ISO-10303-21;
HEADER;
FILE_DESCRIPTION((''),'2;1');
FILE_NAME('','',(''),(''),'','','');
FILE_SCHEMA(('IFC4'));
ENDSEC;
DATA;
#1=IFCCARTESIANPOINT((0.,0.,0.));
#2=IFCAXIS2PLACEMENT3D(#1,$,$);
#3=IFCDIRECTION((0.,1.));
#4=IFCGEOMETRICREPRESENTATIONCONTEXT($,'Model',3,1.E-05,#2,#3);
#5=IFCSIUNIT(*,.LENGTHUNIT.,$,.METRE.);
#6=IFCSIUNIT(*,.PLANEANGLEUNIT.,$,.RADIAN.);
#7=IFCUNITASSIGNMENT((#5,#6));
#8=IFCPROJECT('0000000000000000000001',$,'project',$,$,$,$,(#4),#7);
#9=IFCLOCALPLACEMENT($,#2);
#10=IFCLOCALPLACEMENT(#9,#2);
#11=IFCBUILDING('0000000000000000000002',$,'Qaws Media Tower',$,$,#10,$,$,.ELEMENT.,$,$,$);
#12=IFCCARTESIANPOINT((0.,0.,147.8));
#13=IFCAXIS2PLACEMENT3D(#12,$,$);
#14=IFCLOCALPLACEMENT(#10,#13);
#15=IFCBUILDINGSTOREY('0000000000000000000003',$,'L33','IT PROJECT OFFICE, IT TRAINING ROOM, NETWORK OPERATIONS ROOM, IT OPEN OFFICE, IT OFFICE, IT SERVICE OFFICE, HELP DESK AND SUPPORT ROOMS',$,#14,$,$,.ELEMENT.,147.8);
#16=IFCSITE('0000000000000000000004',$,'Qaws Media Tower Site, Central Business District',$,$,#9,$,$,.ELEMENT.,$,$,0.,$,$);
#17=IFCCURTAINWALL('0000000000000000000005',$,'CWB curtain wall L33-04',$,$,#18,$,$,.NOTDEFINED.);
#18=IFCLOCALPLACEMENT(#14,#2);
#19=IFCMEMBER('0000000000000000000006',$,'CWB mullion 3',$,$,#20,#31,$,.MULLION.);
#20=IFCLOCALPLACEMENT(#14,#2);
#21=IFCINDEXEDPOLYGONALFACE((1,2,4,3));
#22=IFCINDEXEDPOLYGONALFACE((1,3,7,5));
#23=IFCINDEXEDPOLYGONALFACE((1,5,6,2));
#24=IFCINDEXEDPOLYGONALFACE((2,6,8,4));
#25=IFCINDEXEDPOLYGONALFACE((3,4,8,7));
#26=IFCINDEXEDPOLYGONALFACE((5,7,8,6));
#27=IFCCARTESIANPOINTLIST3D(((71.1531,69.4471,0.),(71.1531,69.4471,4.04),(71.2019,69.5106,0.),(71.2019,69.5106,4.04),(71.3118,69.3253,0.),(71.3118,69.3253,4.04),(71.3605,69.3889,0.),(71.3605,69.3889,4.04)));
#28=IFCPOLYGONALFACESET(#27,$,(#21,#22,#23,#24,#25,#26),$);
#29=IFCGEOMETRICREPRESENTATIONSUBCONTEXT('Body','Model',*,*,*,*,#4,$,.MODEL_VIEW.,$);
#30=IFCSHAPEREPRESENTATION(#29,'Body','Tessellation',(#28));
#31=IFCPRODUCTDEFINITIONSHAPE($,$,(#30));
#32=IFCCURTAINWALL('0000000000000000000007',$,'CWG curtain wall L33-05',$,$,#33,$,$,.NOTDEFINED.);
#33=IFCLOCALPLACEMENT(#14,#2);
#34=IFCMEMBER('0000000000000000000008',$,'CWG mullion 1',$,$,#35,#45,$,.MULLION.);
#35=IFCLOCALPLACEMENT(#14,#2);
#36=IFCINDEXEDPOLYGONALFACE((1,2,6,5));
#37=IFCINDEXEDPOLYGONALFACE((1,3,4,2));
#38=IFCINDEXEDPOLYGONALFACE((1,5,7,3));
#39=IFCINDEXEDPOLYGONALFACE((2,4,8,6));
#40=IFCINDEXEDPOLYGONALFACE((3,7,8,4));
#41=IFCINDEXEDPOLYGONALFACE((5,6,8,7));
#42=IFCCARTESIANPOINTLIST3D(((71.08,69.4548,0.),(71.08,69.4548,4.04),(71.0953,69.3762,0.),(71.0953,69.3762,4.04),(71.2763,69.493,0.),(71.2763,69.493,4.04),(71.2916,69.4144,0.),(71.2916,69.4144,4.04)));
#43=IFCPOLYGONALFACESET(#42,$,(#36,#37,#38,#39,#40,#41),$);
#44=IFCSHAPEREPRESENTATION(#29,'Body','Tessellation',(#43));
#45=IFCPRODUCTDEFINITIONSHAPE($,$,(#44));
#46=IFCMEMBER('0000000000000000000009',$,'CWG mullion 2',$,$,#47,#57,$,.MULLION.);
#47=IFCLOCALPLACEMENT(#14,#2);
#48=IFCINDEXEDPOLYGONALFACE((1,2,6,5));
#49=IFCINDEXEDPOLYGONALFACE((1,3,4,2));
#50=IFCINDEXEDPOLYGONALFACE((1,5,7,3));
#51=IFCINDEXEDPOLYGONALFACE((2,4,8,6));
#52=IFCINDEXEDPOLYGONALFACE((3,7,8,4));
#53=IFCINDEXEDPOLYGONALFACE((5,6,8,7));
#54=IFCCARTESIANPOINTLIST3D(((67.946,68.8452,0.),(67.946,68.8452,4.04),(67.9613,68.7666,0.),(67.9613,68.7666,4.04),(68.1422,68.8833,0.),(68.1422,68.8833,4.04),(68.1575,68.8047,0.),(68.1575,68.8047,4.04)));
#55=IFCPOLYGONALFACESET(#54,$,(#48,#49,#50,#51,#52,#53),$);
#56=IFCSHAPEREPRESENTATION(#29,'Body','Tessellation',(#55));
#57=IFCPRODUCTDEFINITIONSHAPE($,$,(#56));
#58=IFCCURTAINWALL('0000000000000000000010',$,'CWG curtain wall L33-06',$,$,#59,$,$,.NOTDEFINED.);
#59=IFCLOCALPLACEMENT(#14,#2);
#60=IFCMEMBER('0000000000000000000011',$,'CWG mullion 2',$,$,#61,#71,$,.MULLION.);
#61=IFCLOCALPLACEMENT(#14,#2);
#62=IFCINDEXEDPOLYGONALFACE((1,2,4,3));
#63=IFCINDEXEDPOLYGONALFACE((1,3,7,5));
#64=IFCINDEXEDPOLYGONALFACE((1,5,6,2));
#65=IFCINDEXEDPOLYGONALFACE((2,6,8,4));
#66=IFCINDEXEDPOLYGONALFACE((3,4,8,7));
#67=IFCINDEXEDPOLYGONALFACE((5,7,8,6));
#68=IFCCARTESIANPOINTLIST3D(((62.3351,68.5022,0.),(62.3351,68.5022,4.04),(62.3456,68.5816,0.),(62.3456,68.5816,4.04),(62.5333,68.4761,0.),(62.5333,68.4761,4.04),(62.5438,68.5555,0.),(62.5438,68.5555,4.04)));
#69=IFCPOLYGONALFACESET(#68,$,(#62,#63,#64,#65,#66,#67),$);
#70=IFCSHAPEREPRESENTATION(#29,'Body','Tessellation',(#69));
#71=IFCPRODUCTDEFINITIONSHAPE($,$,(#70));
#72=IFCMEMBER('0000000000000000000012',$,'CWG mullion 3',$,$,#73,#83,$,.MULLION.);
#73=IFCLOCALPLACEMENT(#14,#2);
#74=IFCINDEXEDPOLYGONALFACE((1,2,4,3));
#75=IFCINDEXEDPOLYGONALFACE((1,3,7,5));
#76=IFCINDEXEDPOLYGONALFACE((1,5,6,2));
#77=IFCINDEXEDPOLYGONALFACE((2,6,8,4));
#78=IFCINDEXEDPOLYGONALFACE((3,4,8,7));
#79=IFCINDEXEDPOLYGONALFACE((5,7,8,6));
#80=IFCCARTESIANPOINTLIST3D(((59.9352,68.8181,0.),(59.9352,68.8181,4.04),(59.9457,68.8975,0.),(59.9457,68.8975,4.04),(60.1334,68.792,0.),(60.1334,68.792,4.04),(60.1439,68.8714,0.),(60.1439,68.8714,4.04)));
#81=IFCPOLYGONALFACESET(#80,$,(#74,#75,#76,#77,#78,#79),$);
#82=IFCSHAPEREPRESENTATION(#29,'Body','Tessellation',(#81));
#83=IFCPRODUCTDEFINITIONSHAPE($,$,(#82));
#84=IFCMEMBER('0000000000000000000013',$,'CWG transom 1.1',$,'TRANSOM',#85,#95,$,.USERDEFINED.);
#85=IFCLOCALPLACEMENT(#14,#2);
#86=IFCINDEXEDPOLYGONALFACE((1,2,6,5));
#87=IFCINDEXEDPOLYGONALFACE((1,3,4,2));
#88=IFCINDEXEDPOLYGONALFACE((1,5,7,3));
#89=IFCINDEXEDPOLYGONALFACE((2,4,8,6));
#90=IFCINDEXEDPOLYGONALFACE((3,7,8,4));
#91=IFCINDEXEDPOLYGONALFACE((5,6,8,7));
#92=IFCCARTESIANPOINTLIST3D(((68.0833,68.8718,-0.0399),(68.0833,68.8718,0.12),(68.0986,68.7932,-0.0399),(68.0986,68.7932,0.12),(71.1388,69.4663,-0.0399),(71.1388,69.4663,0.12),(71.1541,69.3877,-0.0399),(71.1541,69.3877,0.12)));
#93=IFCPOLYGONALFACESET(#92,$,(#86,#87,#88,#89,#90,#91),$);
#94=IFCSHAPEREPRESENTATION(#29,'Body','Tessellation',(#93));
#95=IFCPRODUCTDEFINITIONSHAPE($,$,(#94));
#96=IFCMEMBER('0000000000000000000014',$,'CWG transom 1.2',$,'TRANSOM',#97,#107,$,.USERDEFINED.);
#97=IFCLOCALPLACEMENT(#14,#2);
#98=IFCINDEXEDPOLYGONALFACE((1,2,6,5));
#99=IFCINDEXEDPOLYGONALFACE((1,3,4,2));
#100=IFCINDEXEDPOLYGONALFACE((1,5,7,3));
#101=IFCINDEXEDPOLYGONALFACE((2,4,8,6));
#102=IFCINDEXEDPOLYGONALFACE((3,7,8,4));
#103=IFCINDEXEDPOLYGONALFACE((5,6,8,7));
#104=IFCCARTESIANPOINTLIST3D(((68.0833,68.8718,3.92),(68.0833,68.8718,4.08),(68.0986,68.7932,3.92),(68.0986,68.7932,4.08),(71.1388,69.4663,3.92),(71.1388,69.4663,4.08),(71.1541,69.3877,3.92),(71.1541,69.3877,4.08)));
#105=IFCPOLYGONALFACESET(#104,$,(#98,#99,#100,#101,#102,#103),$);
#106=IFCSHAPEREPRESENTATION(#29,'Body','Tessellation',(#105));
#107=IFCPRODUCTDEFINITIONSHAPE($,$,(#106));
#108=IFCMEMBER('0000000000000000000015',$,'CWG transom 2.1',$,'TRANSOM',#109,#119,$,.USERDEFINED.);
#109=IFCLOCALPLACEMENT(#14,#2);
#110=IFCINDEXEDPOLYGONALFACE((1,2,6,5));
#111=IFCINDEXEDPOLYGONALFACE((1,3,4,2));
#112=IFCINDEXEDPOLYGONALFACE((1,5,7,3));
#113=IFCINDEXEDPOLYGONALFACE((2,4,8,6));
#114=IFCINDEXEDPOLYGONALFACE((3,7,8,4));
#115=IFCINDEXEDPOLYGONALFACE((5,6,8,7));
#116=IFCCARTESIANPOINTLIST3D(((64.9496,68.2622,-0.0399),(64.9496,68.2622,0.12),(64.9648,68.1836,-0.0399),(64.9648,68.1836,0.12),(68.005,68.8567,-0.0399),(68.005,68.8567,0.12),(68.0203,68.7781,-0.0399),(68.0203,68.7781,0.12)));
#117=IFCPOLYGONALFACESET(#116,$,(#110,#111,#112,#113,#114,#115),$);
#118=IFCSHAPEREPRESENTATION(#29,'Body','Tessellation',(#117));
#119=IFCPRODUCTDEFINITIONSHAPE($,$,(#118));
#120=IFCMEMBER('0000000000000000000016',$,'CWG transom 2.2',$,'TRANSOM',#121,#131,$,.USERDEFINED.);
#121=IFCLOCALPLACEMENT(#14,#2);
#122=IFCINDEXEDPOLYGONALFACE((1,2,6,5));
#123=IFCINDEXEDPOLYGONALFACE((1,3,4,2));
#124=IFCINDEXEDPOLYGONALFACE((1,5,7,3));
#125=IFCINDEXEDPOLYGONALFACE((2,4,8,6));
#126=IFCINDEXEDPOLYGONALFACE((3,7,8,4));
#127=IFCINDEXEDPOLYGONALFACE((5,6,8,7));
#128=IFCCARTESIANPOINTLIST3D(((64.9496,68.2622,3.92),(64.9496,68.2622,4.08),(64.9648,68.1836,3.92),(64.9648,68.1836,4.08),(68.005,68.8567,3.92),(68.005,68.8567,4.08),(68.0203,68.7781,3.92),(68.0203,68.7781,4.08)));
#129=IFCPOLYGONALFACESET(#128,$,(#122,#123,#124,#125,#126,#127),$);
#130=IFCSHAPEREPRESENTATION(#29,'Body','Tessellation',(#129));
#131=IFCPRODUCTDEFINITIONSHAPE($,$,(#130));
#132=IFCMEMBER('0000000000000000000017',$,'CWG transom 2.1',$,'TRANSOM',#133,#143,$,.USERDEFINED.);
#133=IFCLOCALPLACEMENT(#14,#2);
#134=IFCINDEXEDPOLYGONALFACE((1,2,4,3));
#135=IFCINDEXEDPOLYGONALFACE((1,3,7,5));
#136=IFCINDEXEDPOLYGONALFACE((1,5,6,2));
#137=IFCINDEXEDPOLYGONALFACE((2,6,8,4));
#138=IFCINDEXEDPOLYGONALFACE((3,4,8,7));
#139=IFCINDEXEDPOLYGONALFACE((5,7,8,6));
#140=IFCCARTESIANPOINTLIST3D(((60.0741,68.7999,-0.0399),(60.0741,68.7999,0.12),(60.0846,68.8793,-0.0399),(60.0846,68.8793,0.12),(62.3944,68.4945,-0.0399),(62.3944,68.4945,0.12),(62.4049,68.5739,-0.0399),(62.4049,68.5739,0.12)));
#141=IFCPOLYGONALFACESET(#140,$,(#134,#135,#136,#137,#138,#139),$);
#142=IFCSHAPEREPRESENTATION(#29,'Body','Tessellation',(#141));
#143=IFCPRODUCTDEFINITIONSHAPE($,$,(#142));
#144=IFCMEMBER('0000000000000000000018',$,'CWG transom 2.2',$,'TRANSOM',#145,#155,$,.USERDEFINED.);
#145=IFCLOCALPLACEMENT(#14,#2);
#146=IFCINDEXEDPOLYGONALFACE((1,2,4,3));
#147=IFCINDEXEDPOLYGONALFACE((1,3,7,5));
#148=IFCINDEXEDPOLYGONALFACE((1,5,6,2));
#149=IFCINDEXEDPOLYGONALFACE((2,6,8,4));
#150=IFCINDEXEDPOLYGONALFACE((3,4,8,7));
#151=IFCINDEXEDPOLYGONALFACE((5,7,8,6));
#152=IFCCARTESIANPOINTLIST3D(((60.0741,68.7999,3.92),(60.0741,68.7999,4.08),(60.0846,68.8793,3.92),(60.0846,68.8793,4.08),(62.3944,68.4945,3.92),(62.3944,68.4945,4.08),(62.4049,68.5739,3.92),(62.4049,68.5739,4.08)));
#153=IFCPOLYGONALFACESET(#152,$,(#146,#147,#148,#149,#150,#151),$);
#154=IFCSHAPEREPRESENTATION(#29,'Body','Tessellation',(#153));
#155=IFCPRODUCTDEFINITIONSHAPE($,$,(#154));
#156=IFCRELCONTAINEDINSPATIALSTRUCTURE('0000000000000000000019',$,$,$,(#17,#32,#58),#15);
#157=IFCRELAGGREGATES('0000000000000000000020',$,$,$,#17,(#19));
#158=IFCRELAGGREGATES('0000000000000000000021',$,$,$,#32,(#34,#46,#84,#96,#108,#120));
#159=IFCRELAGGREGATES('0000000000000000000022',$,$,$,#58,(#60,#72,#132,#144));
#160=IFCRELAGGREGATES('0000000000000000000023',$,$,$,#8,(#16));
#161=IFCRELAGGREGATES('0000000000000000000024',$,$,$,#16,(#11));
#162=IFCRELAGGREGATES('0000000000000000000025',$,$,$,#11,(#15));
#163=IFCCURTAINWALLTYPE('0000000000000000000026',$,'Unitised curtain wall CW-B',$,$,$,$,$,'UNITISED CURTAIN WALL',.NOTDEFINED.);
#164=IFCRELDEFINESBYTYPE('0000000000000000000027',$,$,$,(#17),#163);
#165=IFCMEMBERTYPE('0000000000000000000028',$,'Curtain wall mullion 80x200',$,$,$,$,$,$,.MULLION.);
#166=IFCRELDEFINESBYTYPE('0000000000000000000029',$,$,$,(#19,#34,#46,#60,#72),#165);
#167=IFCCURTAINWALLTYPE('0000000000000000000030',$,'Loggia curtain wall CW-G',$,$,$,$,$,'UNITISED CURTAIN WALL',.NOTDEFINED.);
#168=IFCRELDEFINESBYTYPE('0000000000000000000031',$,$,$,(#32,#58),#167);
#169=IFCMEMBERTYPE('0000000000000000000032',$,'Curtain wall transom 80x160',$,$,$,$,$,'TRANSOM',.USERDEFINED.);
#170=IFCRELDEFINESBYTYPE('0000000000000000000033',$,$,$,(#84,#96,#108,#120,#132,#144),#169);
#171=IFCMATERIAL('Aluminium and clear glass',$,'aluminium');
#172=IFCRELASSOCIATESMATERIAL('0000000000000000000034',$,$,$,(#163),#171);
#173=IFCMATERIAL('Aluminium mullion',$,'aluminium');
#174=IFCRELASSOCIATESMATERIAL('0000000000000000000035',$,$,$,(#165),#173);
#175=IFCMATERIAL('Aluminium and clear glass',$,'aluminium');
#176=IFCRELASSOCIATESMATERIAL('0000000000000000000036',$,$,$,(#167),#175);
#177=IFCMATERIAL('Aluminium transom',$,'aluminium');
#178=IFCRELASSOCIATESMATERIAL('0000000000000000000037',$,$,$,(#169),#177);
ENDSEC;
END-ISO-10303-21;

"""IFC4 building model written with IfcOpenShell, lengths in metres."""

from ifc_helpers import new_model, si_unit, direction, frame, origin, origin_2d, place, context, subcontext, project, spatial, rectangle, extrude, material, material_profile, profile_set, type_object, element, aggregate, save


model = new_model("IFC4")

# Units and contexts
model_context = context("Model", 3, precision=1e-05, world=origin(), true_north=direction((0.0, 1.0)))
body_context = subcontext(model_context, "Body", "Model", "MODEL_VIEW")
ifc_project = project(units=[si_unit("LENGTHUNIT", "METRE"), si_unit("PLANEANGLEUNIT", "RADIAN")], contexts=[model_context])

# Site, building, storey
site_placement = place(None, origin())
site = spatial("IfcSite", under=ifc_project, at=site_placement, Name="Qaws Media Tower Site, Central Business District", CompositionType="ELEMENT", RefElevation=0.0)
building_placement = place(site_placement, origin())
building = spatial("IfcBuilding", under=site, at=building_placement, Name="Qaws Media Tower", CompositionType="ELEMENT")
storey_placement = place(building_placement, frame((0.0, 0.0, 147.8)))
storey = spatial("IfcBuildingStorey", under=building, at=storey_placement, Name="L33", Description="IT PROJECT OFFICE, IT TRAINING ROOM, NETWORK OPERATIONS ROOM, IT OPEN OFFICE, IT OFFICE, IT SERVICE OFFICE, HELP DESK AND SUPPORT ROOMS", CompositionType="ELEMENT", Elevation=147.8)

# Curtain wall, member
ifc_material_1 = material(Name="Aluminium and clear glass", Category="aluminium")
curtain_wall_type_1 = type_object("IfcCurtainWallType", Name="Unitised curtain wall CW-B", ElementType="UNITISED CURTAIN WALL", PredefinedType="NOTDEFINED", material=ifc_material_1)
curtain_wall_1_placement = place(storey_placement, origin())
curtain_wall_1 = element("IfcCurtainWall", 1, at=curtain_wall_1_placement, inside=storey, type_object=curtain_wall_type_1, Name="CWB curtain wall L33-04", PredefinedType="NOTDEFINED")
ifc_material_2 = material(Name="Aluminium mullion", Category="aluminium")
ifc_material_profile_1 = material_profile(ifc_material_2, rectangle(XDim=0.0801, YDim=0.2, at=origin_2d()), Name="80x200")
ifc_profile_set_1 = profile_set([ifc_material_profile_1], Name="Aluminium mullion")
member_type_1 = type_object("IfcMemberType", Name="Curtain wall mullion 80x200", PredefinedType="MULLION", material=ifc_profile_set_1)
member_1_placement = place(storey_placement, frame((71.2568, 69.418, 0.0), z_axis=(0.0, 0.0, 1.0), x_axis=(-0.608761, -0.793353, 0.0)))
member_1 = element("IfcMember", 2, at=member_1_placement, type_object=member_type_1, Name="CWB mullion 3", PredefinedType="MULLION", context=body_context, shape_type="SweptSolid", body=[
    extrude(rectangle(XDim=0.0801, YDim=0.2, at=origin_2d()), origin(), (0.0, 0.0, 1.0), 4.04),
])
aggregate(curtain_wall_1, [member_1])

# Curtain walls, members
ifc_material_3 = material(Name="Aluminium and clear glass", Category="aluminium")
curtain_wall_type_2 = type_object("IfcCurtainWallType", Name="Loggia curtain wall CW-G", ElementType="UNITISED CURTAIN WALL", PredefinedType="NOTDEFINED", material=ifc_material_3)
curtain_wall_2_placement = place(storey_placement, origin())
curtain_wall_2 = element("IfcCurtainWall", 3, at=curtain_wall_2_placement, inside=storey, type_object=curtain_wall_type_2, Name="CWG curtain wall L33-05", PredefinedType="NOTDEFINED")
member_2_placement = place(storey_placement, frame((71.1858, 69.4346, 0.0), z_axis=(0.0, 0.0, 1.0), x_axis=(0.190955, -0.981599, 0.0)))
member_2 = element("IfcMember", 4, at=member_2_placement, type_object=member_type_1, Name="CWG mullion 1", PredefinedType="MULLION", context=body_context, shape_type="SweptSolid", body=[
    extrude(rectangle(XDim=0.0801, YDim=0.2, at=origin_2d()), origin(), (0.0, 0.0, 1.0), 4.04),
])
member_3_placement = place(storey_placement, frame((68.0518, 68.825, 0.0), z_axis=(0.0, 0.0, 1.0), x_axis=(0.190955, -0.981599, 0.0)))
member_3 = element("IfcMember", 5, at=member_3_placement, type_object=member_type_1, Name="CWG mullion 2", PredefinedType="MULLION", context=body_context, shape_type="SweptSolid", body=[
    extrude(rectangle(XDim=0.0801, YDim=0.2, at=origin_2d()), origin(), (0.0, 0.0, 1.0), 4.04),
])
curtain_wall_3_placement = place(storey_placement, origin())
curtain_wall_3 = element("IfcCurtainWall", 6, at=curtain_wall_3_placement, inside=storey, type_object=curtain_wall_type_2, Name="CWG curtain wall L33-06", PredefinedType="NOTDEFINED")
member_4_placement = place(storey_placement, frame((62.4395, 68.5288, 0.0), z_axis=(0.0, 0.0, 1.0), x_axis=(-0.130526, -0.991445, 0.0)))
member_4 = element("IfcMember", 7, at=member_4_placement, type_object=member_type_1, Name="CWG mullion 2", PredefinedType="MULLION", context=body_context, shape_type="SweptSolid", body=[
    extrude(rectangle(XDim=0.0801, YDim=0.2, at=origin_2d()), origin(), (0.0, 0.0, 1.0), 4.04),
])
member_5_placement = place(storey_placement, frame((60.0396, 68.8447, 0.0), z_axis=(0.0, 0.0, 1.0), x_axis=(-0.130526, -0.991445, 0.0)))
member_5 = element("IfcMember", 8, at=member_5_placement, type_object=member_type_1, Name="CWG mullion 3", PredefinedType="MULLION", context=body_context, shape_type="SweptSolid", body=[
    extrude(rectangle(XDim=0.0801, YDim=0.2, at=origin_2d()), origin(), (0.0, 0.0, 1.0), 4.04),
])

# Members
ifc_material_4 = material(Name="Aluminium transom", Category="aluminium")
ifc_material_profile_2 = material_profile(ifc_material_4, rectangle(XDim=0.0801, YDim=0.1599, at=origin_2d()), Name="80x160")
ifc_profile_set_2 = profile_set([ifc_material_profile_2], Name="Aluminium transom")
member_type_2 = type_object("IfcMemberType", Name="Curtain wall transom 80x160", ElementType="TRANSOM", PredefinedType="USERDEFINED", material=ifc_profile_set_2)
member_6_placement = place(storey_placement, frame((71.1465, 69.427, 0.04), z_axis=(-0.981593, -0.190985, 0.0), x_axis=(0.190985, -0.981593, 0.0)))
member_6 = element("IfcMember", 9, at=member_6_placement, type_object=member_type_2, Name="CWG transom 1.1", ObjectType="TRANSOM", PredefinedType="USERDEFINED", context=body_context, shape_type="SweptSolid", body=[
    extrude(rectangle(XDim=0.0801, YDim=0.1599, at=origin_2d()), origin(), (0.0, 0.0, 1.0), 3.1128),
])
member_7_placement = place(storey_placement, frame((71.1465, 69.427, 4.0), z_axis=(-0.981593, -0.190985, 0.0), x_axis=(0.190985, -0.981593, 0.0)))
member_7 = element("IfcMember", 10, at=member_7_placement, type_object=member_type_2, Name="CWG transom 1.2", ObjectType="TRANSOM", PredefinedType="USERDEFINED", context=body_context, shape_type="SweptSolid", body=[
    extrude(rectangle(XDim=0.0801, YDim=0.1599, at=origin_2d()), origin(), (0.0, 0.0, 1.0), 3.1128),
])
member_8_placement = place(storey_placement, frame((68.0127, 68.8174, 0.04), z_axis=(-0.981593, -0.190985, 0.0), x_axis=(0.190985, -0.981593, 0.0)))
member_8 = element("IfcMember", 11, at=member_8_placement, type_object=member_type_2, Name="CWG transom 2.1", ObjectType="TRANSOM", PredefinedType="USERDEFINED", context=body_context, shape_type="SweptSolid", body=[
    extrude(rectangle(XDim=0.0801, YDim=0.1599, at=origin_2d()), origin(), (0.0, 0.0, 1.0), 3.1128),
])
member_9_placement = place(storey_placement, frame((68.0127, 68.8174, 4.0), z_axis=(-0.981593, -0.190985, 0.0), x_axis=(0.190985, -0.981593, 0.0)))
member_9 = element("IfcMember", 12, at=member_9_placement, type_object=member_type_2, Name="CWG transom 2.2", ObjectType="TRANSOM", PredefinedType="USERDEFINED", context=body_context, shape_type="SweptSolid", body=[
    extrude(rectangle(XDim=0.0801, YDim=0.1599, at=origin_2d()), origin(), (0.0, 0.0, 1.0), 3.1128),
])
member_10_placement = place(storey_placement, frame((62.3997, 68.5342, 0.04), z_axis=(-0.991448, 0.130503, 0.0), x_axis=(-0.130503, -0.991448, 0.0)))
member_10 = element("IfcMember", 13, at=member_10_placement, type_object=member_type_2, Name="CWG transom 2.1", ObjectType="TRANSOM", PredefinedType="USERDEFINED", context=body_context, shape_type="SweptSolid", body=[
    extrude(rectangle(XDim=0.0801, YDim=0.1599, at=origin_2d()), origin(), (0.0, 0.0, 1.0), 2.3403),
])
member_11_placement = place(storey_placement, frame((62.3997, 68.5342, 4.0), z_axis=(-0.991448, 0.130503, 0.0), x_axis=(-0.130503, -0.991448, 0.0)))
member_11 = element("IfcMember", 14, at=member_11_placement, type_object=member_type_2, Name="CWG transom 2.2", ObjectType="TRANSOM", PredefinedType="USERDEFINED", context=body_context, shape_type="SweptSolid", body=[
    extrude(rectangle(XDim=0.0801, YDim=0.1599, at=origin_2d()), origin(), (0.0, 0.0, 1.0), 2.3403),
])

aggregate(curtain_wall_2, [member_2, member_3, member_6, member_7, member_8, member_9])
aggregate(curtain_wall_3, [member_4, member_5, member_10, member_11])

save(model, "model.ifc")
